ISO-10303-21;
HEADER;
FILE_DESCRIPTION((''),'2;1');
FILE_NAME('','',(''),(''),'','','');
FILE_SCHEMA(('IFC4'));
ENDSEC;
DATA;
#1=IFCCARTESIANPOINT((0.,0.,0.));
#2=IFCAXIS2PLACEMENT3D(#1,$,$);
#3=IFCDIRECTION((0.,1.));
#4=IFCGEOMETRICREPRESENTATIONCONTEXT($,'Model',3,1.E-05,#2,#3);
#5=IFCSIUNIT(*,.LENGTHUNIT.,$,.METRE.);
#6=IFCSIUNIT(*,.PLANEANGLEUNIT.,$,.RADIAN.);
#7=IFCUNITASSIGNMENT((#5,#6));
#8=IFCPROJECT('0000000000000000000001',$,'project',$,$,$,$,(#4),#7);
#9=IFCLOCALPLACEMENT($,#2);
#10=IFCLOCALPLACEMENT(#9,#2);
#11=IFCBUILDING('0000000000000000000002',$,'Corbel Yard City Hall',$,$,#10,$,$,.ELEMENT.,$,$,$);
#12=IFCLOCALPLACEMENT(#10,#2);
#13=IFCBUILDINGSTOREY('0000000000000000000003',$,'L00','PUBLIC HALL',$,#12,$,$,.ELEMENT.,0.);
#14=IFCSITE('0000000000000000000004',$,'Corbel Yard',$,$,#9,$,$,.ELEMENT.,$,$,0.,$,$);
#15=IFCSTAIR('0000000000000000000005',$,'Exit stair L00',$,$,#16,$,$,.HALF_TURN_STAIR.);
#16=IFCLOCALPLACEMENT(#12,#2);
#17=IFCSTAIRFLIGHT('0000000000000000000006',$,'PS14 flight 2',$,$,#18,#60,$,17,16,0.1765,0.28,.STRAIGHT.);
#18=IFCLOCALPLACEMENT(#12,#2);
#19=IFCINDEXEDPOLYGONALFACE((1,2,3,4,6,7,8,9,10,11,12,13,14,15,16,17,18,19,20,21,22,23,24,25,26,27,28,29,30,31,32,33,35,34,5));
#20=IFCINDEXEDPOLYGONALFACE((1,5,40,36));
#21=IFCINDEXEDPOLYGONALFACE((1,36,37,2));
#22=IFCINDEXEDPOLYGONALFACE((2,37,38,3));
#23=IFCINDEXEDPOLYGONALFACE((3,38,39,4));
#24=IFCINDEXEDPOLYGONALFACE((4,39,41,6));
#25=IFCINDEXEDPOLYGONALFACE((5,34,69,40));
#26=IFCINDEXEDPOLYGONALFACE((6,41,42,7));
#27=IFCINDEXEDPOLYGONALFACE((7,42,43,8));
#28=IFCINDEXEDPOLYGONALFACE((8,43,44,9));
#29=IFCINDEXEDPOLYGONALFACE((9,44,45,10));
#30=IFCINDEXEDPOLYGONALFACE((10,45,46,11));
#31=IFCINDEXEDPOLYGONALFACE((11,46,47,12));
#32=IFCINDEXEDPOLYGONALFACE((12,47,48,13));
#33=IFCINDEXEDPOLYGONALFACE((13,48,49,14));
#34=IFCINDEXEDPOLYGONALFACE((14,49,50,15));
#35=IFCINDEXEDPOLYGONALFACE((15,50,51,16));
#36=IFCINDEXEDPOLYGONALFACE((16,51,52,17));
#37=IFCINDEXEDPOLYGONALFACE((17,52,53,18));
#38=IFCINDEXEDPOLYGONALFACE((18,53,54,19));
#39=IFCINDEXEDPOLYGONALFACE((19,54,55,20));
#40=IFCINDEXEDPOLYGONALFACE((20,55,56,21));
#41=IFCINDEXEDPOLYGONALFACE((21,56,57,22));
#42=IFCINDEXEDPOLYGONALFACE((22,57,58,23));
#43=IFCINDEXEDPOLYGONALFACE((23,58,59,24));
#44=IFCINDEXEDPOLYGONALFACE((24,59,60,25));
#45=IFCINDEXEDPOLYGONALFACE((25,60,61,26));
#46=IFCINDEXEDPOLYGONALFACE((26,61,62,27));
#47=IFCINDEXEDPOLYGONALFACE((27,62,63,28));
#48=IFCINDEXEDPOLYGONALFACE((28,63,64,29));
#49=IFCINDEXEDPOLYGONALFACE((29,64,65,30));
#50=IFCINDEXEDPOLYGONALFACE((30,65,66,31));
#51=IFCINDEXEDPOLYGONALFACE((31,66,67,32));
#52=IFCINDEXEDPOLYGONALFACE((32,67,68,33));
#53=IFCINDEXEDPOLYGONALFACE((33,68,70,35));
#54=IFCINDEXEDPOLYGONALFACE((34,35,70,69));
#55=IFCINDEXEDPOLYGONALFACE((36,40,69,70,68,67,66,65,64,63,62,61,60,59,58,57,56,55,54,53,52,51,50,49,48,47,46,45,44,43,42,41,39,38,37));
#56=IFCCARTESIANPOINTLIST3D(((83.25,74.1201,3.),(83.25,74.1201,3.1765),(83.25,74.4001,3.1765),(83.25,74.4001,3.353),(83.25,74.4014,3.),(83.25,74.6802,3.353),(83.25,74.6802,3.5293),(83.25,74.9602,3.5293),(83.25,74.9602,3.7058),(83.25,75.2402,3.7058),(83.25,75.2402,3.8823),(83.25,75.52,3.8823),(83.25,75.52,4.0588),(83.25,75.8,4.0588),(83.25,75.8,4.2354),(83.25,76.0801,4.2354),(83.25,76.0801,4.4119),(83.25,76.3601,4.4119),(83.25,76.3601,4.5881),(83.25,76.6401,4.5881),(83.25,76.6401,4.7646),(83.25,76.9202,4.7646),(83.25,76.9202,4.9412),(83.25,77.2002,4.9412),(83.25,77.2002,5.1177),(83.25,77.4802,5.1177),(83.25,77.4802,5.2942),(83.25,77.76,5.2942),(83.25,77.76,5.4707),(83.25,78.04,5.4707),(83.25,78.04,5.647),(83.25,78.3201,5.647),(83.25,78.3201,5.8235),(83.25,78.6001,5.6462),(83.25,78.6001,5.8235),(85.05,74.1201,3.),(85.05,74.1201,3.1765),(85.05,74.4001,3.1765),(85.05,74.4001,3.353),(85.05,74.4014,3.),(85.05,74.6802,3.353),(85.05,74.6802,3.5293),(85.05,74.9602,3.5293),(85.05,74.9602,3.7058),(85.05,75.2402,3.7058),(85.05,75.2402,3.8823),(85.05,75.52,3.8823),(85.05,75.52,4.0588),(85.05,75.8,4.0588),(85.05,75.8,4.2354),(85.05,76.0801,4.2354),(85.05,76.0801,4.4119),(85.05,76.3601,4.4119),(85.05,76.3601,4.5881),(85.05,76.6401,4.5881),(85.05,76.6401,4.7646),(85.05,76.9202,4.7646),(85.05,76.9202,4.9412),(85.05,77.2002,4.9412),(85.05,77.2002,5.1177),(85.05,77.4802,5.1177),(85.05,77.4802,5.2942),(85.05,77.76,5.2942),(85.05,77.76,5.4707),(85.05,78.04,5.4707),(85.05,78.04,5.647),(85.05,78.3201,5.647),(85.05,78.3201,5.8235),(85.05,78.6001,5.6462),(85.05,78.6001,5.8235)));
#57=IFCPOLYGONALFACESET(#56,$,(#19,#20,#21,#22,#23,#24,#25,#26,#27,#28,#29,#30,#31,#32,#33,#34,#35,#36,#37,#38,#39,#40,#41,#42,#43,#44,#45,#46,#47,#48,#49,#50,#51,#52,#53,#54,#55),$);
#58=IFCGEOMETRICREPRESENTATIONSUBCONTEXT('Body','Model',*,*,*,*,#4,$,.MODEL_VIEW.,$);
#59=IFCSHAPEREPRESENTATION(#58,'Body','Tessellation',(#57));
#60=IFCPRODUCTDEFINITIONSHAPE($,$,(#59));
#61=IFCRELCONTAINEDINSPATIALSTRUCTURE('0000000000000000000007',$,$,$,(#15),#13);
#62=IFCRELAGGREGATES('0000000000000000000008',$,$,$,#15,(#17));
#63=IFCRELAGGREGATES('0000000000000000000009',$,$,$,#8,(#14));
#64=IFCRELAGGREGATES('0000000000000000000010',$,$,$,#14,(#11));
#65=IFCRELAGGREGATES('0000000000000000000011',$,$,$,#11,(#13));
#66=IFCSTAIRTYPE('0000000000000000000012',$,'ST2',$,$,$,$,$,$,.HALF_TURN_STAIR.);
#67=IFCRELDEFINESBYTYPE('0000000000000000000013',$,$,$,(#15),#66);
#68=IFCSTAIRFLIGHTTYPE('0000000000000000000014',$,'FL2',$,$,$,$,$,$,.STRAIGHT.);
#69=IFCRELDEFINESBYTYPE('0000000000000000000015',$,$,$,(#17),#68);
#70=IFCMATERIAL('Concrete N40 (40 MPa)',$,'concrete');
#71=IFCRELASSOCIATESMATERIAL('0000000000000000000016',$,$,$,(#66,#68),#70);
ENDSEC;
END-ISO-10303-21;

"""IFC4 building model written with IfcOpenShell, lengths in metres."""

from ifc_helpers import new_model, si_unit, direction, frame, origin, place, context, subcontext, project, spatial, polyline, outline, extrude, material, type_object, element, aggregate, save


model = new_model("IFC4")

# Units and contexts
model_context = context("Model", 3, precision=1e-05, world=origin(), true_north=direction((0.0, 1.0)))
body_context = subcontext(model_context, "Body", "Model", "MODEL_VIEW")
ifc_project = project(units=[si_unit("LENGTHUNIT", "METRE"), si_unit("PLANEANGLEUNIT", "RADIAN")], contexts=[model_context])

# Site, building, storey
site_placement = place(None, origin())
site = spatial("IfcSite", under=ifc_project, at=site_placement, Name="Corbel Yard", CompositionType="ELEMENT", RefElevation=0.0)
building_placement = place(site_placement, origin())
building = spatial("IfcBuilding", under=site, at=building_placement, Name="Corbel Yard City Hall", CompositionType="ELEMENT")
storey_placement = place(building_placement, origin())
storey = spatial("IfcBuildingStorey", under=building, at=storey_placement, Name="L00", Description="PUBLIC HALL", CompositionType="ELEMENT", Elevation=0.0)

# Shared definitions
ifc_material_1 = material(Name="Concrete N40 (40 MPa)", Category="concrete")

# Stair, stair flight
stair_type = type_object("IfcStairType", Name="ST2", PredefinedType="HALF_TURN_STAIR", material=ifc_material_1)
stair_placement = place(storey_placement, origin())
stair = element("IfcStair", 1, at=stair_placement, inside=storey, type_object=stair_type, Name="Exit stair L00", PredefinedType="HALF_TURN_STAIR")
stair_flight_type = type_object("IfcStairFlightType", Name="FL2", PredefinedType="STRAIGHT", material=ifc_material_1)
stair_flight_placement = place(storey_placement, frame((84.1499, 74.1201, 3.0), z_axis=(0.0, 0.0, 1.0), x_axis=(0.0, 1.0, 0.0)))
stair_flight = element("IfcStairFlight", 2, at=stair_flight_placement, type_object=stair_flight_type, Name="PS14 flight 2", NumberOfRisers=17, NumberOfTreads=16, PredefinedType="STRAIGHT", RiserHeight=0.1765, TreadLength=0.28, context=body_context, shape_type="SweptSolid", body=[
    extrude(outline(polyline([(0.0, 0.0), (0.0, 0.1765), (0.28, 0.1765), (0.28, 0.353), (0.5601, 0.353), (0.5601, 0.5293), (0.8401, 0.5293), (0.8401, 0.7058), (1.1201, 0.7058), (1.1201, 0.8823), (1.3999, 0.8823), (1.3999, 1.0588), (1.6799, 1.0588), (1.6799, 1.2354), (1.96, 1.2354), (1.96, 1.4119), (2.24, 1.4119), (2.24, 1.5881), (2.52, 1.5881), (2.52, 1.7646), (2.8, 1.7646), (2.8, 1.9412), (3.0801, 1.9412), (3.0801, 2.1177), (3.3601, 2.1177), (3.3601, 2.2942), (3.6399, 2.2942), (3.6399, 2.4707), (3.9199, 2.4707), (3.9199, 2.647), (4.2, 2.647), (4.2, 2.8235), (4.48, 2.8235), (4.48, 3.0), (4.48, 2.6462), (0.2812, 0.0), (0.0, 0.0)])), frame((0.0, 0.8999, 0.0), z_axis=(0.0, -1.0, 0.0), x_axis=(1.0, 0.0, 0.0)), (0.0, 0.0, 1.0), 1.8),
])
aggregate(stair, [stair_flight])

save(model, "model.ifc")
